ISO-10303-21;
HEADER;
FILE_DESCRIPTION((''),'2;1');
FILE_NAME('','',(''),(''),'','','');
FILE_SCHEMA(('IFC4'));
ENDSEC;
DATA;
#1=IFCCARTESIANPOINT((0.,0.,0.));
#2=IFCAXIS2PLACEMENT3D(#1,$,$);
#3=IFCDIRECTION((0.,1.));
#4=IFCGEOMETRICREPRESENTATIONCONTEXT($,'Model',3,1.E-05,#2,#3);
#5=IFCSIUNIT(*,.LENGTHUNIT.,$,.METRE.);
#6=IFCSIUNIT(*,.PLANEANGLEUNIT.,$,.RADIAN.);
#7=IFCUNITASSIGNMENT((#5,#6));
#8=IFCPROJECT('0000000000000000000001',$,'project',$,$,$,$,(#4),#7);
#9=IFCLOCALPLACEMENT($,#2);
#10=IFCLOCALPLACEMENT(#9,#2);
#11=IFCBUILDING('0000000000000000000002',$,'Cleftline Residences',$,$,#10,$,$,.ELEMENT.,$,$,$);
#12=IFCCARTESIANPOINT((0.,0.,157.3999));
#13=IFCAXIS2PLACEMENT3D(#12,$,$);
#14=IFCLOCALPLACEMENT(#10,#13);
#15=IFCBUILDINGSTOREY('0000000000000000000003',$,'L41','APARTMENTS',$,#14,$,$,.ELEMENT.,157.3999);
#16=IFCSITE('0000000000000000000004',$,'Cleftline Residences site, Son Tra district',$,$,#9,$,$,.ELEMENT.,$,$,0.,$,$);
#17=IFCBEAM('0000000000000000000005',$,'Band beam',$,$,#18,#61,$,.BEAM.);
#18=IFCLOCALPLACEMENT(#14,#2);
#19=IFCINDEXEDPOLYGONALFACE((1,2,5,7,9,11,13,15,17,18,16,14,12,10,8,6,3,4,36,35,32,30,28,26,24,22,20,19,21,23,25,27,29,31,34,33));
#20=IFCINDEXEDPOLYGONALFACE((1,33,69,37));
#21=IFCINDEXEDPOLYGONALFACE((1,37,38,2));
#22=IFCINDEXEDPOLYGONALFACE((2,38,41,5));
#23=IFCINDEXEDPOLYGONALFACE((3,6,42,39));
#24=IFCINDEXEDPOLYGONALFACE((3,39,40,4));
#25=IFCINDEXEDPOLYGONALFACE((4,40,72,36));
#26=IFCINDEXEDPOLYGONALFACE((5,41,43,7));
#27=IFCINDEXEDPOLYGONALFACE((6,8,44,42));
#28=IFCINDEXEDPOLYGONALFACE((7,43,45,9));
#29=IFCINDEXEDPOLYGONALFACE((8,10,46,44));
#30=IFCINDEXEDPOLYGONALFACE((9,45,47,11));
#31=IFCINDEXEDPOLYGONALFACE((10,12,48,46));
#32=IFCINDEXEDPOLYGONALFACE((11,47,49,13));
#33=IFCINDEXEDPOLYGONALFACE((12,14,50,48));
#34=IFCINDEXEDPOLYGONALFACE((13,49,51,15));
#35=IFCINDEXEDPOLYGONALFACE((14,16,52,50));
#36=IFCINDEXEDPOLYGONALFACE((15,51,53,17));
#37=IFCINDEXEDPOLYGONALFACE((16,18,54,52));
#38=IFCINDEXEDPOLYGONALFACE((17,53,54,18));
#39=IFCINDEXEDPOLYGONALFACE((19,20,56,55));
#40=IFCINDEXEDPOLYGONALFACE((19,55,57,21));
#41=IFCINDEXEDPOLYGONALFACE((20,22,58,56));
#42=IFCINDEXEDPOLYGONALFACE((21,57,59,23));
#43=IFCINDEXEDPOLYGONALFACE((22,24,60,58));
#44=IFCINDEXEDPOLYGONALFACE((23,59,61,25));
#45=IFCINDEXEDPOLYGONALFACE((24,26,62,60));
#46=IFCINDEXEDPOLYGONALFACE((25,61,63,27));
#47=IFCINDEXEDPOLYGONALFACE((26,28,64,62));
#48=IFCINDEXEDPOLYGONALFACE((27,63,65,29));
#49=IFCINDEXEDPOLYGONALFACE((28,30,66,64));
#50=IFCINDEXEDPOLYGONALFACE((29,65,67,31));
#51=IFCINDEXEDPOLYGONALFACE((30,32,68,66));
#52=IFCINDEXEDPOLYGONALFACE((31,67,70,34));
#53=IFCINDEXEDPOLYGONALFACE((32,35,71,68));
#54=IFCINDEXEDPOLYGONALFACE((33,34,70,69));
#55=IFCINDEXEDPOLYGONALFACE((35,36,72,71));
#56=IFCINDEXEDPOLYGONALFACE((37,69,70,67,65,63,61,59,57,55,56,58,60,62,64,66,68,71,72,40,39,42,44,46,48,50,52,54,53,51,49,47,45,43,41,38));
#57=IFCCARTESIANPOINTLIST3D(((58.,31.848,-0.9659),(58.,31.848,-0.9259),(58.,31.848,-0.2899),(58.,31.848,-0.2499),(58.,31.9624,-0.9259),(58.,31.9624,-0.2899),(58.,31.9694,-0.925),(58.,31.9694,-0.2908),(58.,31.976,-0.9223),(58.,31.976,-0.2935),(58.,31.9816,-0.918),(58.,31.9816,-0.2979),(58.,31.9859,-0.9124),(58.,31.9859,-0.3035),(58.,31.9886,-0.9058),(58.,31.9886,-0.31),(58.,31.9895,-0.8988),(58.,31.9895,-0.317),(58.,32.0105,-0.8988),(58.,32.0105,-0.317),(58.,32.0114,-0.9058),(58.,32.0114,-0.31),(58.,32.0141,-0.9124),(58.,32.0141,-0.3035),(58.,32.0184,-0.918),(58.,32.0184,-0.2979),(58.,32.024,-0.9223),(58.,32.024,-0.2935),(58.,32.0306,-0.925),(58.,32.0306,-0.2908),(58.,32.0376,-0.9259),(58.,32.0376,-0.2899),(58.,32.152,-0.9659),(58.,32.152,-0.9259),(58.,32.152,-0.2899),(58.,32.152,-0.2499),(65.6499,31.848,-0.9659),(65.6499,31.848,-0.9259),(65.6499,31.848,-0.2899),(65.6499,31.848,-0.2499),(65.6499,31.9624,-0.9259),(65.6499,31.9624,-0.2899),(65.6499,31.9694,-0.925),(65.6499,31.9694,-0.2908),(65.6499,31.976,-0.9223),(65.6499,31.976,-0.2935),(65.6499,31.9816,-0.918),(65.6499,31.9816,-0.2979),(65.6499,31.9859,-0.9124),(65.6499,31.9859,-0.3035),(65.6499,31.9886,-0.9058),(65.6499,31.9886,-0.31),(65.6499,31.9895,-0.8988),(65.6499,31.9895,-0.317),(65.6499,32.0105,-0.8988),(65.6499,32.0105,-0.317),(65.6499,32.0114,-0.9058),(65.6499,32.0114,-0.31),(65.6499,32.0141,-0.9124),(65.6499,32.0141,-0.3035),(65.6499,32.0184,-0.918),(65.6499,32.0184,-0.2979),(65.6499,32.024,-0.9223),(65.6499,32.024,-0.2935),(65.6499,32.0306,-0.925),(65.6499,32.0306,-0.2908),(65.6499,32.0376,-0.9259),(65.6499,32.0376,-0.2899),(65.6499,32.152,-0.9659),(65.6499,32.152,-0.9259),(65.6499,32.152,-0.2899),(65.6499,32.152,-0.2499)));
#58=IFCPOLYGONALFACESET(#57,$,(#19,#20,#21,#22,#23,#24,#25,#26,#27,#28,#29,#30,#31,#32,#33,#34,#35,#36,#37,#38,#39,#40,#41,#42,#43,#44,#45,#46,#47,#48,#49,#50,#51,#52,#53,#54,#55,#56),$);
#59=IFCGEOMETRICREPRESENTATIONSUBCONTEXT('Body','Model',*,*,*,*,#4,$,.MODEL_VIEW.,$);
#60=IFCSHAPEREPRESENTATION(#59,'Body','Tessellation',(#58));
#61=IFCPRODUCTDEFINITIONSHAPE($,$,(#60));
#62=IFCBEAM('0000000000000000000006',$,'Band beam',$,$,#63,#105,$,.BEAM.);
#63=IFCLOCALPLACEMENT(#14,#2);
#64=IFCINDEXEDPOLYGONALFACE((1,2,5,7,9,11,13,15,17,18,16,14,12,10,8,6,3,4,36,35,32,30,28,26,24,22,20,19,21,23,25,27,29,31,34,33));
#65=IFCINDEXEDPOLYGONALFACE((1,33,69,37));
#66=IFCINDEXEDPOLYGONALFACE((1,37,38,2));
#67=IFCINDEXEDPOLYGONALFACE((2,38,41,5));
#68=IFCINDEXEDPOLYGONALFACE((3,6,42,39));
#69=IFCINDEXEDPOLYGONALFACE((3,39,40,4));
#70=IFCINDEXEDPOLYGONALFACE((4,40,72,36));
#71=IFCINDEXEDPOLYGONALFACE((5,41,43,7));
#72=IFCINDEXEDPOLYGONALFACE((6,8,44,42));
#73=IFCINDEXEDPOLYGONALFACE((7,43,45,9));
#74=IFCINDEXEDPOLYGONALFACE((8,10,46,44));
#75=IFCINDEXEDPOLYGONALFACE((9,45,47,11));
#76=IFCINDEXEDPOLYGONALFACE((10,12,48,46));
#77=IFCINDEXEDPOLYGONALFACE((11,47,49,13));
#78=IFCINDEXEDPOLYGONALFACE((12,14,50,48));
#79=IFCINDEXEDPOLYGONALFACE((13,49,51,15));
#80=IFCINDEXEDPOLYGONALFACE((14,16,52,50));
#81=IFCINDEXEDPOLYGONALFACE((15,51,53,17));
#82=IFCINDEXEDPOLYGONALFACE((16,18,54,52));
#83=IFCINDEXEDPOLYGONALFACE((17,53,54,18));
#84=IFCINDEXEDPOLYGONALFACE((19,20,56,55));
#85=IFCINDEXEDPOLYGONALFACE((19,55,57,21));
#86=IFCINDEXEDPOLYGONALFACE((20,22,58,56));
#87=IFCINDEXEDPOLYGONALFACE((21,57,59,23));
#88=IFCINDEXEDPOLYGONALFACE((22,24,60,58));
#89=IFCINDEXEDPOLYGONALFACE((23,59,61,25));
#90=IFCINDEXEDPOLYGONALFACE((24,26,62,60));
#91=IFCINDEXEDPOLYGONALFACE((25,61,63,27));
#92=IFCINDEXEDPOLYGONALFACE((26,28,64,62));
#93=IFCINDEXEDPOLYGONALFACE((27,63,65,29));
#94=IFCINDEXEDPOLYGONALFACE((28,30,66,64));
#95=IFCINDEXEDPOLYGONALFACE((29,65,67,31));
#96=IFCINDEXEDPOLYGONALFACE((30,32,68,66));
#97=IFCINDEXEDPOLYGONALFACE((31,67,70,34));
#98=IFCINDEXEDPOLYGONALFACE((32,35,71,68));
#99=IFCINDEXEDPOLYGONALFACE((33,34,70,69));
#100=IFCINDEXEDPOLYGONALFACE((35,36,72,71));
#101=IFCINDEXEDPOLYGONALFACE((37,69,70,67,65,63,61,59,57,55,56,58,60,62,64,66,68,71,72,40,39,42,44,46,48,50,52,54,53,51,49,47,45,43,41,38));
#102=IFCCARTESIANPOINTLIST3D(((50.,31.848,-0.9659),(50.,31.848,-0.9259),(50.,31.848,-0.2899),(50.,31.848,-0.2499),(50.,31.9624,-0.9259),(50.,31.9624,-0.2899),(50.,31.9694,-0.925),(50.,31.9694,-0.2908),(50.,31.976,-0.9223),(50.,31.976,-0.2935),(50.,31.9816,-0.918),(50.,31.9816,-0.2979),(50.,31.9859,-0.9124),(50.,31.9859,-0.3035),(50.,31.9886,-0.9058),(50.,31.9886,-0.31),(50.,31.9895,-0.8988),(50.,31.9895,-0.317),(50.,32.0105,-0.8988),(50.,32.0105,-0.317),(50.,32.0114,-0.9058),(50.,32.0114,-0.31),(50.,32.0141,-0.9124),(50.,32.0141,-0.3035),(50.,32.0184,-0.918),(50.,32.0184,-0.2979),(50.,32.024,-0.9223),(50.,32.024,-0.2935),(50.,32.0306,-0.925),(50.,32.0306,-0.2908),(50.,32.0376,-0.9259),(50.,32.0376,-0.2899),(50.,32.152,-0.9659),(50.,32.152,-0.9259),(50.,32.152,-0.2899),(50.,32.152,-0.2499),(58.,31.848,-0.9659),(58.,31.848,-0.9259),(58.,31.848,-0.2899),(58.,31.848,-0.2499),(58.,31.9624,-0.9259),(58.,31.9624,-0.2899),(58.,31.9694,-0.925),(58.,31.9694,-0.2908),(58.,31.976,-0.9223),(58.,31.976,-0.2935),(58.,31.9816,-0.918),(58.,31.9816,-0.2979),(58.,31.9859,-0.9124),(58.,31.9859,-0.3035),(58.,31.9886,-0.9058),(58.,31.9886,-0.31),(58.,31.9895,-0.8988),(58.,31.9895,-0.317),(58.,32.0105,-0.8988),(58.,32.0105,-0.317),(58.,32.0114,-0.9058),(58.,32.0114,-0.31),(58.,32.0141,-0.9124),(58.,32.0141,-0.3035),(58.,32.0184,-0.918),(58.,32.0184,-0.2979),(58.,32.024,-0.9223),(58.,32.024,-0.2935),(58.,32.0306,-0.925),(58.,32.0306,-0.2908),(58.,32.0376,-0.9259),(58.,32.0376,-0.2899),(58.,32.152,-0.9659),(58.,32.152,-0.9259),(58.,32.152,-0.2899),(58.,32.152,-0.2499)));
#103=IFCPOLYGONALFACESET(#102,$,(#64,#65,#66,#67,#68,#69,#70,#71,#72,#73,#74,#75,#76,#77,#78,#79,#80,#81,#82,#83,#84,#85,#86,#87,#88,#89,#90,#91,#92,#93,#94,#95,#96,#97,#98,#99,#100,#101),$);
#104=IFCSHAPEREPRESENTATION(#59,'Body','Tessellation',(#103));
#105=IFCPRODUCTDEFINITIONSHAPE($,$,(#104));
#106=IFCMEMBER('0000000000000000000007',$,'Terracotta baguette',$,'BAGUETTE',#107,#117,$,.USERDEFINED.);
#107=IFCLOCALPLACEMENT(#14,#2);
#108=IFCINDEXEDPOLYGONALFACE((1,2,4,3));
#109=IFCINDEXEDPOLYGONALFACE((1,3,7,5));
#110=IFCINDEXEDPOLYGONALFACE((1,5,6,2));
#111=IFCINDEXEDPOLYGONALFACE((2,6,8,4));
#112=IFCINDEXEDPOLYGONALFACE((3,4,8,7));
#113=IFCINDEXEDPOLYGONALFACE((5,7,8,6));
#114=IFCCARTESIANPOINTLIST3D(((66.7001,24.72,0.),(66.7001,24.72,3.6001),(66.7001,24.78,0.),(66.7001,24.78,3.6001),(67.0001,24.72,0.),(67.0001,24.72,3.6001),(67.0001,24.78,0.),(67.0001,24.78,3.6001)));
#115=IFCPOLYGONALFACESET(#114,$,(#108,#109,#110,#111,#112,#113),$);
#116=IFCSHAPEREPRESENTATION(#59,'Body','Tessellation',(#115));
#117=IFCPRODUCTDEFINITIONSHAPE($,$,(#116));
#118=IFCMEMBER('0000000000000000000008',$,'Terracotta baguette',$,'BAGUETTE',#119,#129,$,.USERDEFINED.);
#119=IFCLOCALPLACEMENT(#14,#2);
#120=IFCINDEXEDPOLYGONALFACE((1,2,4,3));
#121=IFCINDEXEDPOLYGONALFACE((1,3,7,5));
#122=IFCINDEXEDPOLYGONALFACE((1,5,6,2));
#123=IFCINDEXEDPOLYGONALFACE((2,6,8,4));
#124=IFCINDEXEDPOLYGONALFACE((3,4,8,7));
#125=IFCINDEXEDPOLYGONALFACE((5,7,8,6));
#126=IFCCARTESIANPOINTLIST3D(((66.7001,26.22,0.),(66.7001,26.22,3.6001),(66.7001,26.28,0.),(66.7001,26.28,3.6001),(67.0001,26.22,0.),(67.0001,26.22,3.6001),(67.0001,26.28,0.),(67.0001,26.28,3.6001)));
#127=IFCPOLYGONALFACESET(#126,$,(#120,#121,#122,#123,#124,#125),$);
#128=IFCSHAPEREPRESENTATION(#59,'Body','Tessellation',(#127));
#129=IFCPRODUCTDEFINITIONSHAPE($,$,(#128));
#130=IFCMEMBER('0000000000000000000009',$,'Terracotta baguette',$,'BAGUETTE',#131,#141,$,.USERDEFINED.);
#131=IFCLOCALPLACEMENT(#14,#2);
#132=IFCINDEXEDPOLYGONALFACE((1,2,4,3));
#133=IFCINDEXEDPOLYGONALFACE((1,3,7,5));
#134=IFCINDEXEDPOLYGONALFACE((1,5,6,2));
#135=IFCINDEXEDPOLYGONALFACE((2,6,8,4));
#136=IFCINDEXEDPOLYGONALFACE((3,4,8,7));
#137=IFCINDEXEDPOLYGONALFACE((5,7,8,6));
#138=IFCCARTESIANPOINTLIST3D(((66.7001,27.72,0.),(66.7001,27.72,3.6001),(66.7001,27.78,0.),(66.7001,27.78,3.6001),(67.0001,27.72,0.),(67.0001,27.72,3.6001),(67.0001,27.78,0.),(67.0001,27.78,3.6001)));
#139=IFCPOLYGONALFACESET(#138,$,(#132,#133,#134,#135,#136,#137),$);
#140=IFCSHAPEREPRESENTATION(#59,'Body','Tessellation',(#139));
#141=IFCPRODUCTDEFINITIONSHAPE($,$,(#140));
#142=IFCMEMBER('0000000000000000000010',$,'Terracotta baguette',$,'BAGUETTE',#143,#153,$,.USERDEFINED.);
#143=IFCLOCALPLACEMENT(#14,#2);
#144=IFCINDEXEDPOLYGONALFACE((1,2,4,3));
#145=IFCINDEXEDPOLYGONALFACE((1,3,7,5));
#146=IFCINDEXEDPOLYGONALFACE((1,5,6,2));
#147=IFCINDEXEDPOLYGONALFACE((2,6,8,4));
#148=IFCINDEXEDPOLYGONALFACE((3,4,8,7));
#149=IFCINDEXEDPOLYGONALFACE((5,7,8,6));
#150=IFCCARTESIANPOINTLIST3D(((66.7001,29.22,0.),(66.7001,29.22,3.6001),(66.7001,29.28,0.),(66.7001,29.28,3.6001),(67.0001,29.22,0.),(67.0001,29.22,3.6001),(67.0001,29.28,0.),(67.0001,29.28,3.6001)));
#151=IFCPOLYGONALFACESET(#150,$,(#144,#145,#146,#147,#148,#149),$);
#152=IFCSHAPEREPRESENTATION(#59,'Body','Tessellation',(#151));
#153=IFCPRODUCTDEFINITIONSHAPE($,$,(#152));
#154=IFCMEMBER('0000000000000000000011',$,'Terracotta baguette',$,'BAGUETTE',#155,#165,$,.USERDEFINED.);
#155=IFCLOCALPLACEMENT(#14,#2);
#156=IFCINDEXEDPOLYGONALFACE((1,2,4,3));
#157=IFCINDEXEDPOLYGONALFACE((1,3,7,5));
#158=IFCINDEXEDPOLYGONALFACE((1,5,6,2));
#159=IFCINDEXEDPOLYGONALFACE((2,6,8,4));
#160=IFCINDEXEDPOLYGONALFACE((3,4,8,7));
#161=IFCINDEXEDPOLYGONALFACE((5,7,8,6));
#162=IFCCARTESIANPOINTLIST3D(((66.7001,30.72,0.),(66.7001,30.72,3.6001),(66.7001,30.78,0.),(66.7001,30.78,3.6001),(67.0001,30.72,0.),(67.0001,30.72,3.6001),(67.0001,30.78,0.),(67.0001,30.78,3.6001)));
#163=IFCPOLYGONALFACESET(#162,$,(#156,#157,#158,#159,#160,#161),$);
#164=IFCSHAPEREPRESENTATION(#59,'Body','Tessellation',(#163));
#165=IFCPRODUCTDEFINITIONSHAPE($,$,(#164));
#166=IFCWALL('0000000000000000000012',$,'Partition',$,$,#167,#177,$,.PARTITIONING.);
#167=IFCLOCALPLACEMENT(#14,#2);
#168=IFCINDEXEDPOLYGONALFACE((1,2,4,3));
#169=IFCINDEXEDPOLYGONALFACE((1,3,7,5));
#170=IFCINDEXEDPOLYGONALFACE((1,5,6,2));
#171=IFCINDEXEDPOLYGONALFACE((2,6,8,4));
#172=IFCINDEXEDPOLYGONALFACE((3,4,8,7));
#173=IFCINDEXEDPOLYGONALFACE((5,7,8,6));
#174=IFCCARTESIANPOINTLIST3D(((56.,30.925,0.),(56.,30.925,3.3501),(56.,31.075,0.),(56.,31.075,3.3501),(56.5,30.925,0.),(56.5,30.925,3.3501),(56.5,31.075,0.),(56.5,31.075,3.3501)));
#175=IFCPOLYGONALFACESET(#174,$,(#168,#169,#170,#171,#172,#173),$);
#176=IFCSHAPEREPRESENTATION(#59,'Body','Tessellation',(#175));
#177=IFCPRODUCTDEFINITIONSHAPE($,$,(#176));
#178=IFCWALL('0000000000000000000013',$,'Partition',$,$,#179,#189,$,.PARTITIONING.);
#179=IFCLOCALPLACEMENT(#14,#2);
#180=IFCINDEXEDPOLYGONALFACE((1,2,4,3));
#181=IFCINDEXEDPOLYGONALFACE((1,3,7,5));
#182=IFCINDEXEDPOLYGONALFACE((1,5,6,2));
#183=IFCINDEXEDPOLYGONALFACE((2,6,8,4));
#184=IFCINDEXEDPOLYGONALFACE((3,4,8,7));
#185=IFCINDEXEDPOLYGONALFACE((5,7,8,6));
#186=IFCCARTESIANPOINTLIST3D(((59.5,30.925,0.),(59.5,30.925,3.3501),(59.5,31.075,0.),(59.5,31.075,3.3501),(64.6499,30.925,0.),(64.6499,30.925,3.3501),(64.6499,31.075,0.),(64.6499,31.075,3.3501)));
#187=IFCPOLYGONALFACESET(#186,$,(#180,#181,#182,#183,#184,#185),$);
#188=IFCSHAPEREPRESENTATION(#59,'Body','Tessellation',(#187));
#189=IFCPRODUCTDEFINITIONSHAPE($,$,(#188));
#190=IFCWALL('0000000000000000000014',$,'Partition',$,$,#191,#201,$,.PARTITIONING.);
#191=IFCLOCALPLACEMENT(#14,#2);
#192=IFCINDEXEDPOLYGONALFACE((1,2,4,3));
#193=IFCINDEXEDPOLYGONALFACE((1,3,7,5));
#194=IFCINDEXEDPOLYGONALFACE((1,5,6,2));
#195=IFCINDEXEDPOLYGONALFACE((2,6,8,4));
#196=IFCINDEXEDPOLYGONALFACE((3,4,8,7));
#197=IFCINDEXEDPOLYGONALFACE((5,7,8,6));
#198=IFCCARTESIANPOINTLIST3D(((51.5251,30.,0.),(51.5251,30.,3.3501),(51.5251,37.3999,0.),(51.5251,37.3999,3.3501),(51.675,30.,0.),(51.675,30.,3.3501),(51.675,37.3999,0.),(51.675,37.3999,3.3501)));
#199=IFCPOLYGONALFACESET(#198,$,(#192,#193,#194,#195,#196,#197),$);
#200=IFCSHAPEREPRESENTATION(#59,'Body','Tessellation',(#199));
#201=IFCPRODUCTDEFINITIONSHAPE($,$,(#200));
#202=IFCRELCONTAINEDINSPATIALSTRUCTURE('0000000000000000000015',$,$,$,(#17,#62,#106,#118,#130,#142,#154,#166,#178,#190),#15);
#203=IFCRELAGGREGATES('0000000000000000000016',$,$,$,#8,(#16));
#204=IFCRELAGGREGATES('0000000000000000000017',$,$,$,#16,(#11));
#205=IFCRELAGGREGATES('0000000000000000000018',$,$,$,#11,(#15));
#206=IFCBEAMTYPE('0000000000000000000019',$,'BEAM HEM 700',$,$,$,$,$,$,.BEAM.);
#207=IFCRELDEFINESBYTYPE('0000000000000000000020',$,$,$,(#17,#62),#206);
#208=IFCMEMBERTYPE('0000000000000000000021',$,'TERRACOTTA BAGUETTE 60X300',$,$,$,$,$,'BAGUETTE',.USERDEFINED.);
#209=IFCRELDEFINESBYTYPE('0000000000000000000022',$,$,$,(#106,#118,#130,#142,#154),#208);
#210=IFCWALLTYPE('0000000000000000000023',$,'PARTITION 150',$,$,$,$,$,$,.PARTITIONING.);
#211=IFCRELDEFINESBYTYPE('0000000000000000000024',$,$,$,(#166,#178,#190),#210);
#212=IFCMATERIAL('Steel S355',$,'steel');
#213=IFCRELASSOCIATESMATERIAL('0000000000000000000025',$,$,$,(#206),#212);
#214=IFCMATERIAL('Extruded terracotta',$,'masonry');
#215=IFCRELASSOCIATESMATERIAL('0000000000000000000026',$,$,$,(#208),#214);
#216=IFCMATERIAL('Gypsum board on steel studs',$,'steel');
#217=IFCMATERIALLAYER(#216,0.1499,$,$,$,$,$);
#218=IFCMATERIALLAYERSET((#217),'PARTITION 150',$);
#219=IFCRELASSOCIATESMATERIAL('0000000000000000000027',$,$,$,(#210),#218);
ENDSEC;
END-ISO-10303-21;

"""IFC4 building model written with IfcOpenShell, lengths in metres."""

from ifc_helpers import new_model, si_unit, direction, frame, frame_2d, origin, origin_2d, place, context, subcontext, project, spatial, rectangle, i_section, extrude, material, layer, layer_set, material_profile, profile_set, type_object, element, save


model = new_model("IFC4")

# Units and contexts
model_context = context("Model", 3, precision=1e-05, world=origin(), true_north=direction((0.0, 1.0)))
body_context = subcontext(model_context, "Body", "Model", "MODEL_VIEW")
ifc_project = project(units=[si_unit("LENGTHUNIT", "METRE"), si_unit("PLANEANGLEUNIT", "RADIAN")], contexts=[model_context])

# Site, building, storey
site_placement = place(None, origin())
site = spatial("IfcSite", under=ifc_project, at=site_placement, Name="Cleftline Residences site, Son Tra district", CompositionType="ELEMENT", RefElevation=0.0)
building_placement = place(site_placement, origin())
building = spatial("IfcBuilding", under=site, at=building_placement, Name="Cleftline Residences", CompositionType="ELEMENT")
storey_placement = place(building_placement, frame((0.0, 0.0, 157.3999)))
storey = spatial("IfcBuildingStorey", under=building, at=storey_placement, Name="L41", Description="APARTMENTS", CompositionType="ELEMENT", Elevation=157.3999)

# Beams
ifc_material_1 = material(Name="Steel S355", Category="steel")
ifc_material_profile_1 = material_profile(ifc_material_1, i_section(OverallWidth=0.304, OverallDepth=0.7161, WebThickness=0.021, FlangeThickness=0.04, FilletRadius=0.0271, at=origin_2d()))
ifc_profile_set_1 = profile_set([ifc_material_profile_1], Name="Steel S355")
beam_type_1 = type_object("IfcBeamType", Name="BEAM HEM 700", PredefinedType="BEAM", material=ifc_profile_set_1)
beam_1_placement = place(storey_placement, frame((65.6499, 32.0, -0.6079), z_axis=(-1.0, 0.0, 0.0), x_axis=(0.0, -1.0, 0.0)))
element("IfcBeam", 1, at=beam_1_placement, inside=storey, type_object=beam_type_1, Name="Band beam", PredefinedType="BEAM", context=body_context, shape_type="SweptSolid", body=[
    extrude(i_section(OverallWidth=0.304, OverallDepth=0.7161, WebThickness=0.021, FlangeThickness=0.04, FilletRadius=0.0271, at=origin_2d()), origin(), (0.0, 0.0, 1.0), 7.6499),
])
beam_2_placement = place(storey_placement, frame((58.0, 32.0, -0.6079), z_axis=(-1.0, 0.0, 0.0), x_axis=(0.0, -1.0, 0.0)))
element("IfcBeam", 2, at=beam_2_placement, inside=storey, type_object=beam_type_1, Name="Band beam", PredefinedType="BEAM", context=body_context, shape_type="SweptSolid", body=[
    extrude(i_section(OverallWidth=0.304, OverallDepth=0.7161, WebThickness=0.021, FlangeThickness=0.04, FilletRadius=0.0271, at=origin_2d()), origin(), (0.0, 0.0, 1.0), 8.0),
])

# Members
ifc_material_2 = material(Name="Extruded terracotta", Category="masonry")
ifc_material_profile_2 = material_profile(ifc_material_2, rectangle(XDim=0.0601, YDim=0.3, at=origin_2d()))
ifc_profile_set_2 = profile_set([ifc_material_profile_2], Name="Extruded terracotta")
member_type_1 = type_object("IfcMemberType", Name="TERRACOTTA BAGUETTE 60X300", ElementType="BAGUETTE", PredefinedType="USERDEFINED", material=ifc_profile_set_2)
for number, where, z_axis, x_axis, name in (
    (3, (66.8501, 24.75, 0.0), (0.0, 0.0, 1.0), (0.0, 1.0, 0.0), "Terracotta baguette"),
    (4, (66.8501, 26.25, 0.0), (0.0, 0.0, 1.0), (0.0, 1.0, 0.0), "Terracotta baguette"),
    (5, (66.8501, 27.75, 0.0), (0.0, 0.0, 1.0), (0.0, 1.0, 0.0), "Terracotta baguette"),
    (6, (66.8501, 29.25, 0.0), (0.0, 0.0, 1.0), (0.0, 1.0, 0.0), "Terracotta baguette"),
    (7, (66.8501, 30.75, 0.0), (0.0, 0.0, 1.0), (0.0, 1.0, 0.0), "Terracotta baguette"),
):
    element("IfcMember", number, at=place(storey_placement, frame(where, z_axis=z_axis, x_axis=x_axis)), inside=storey, type_object=member_type_1, Name=name, ObjectType="BAGUETTE", PredefinedType="USERDEFINED", context=body_context, shape_type="SweptSolid", body=[
        extrude(rectangle(XDim=0.0601, YDim=0.3, at=origin_2d()), origin(), (0.0, 0.0, 1.0), 3.6001),
    ])

# Walls
ifc_material_3 = material(Name="Gypsum board on steel studs", Category="steel")
ifc_layer_1 = layer(ifc_material_3, 0.1499)
ifc_layer_set_1 = layer_set([ifc_layer_1], Name="PARTITION 150")
wall_type_1 = type_object("IfcWallType", Name="PARTITION 150", PredefinedType="PARTITIONING", material=ifc_layer_set_1)
wall_1_placement = place(storey_placement, frame((56.0, 31.0, 0.0), z_axis=(0.0, 0.0, 1.0), x_axis=(1.0, 0.0, 0.0)))
element("IfcWall", 8, at=wall_1_placement, inside=storey, type_object=wall_type_1, Name="Partition", PredefinedType="PARTITIONING", context=body_context, shape_type="SweptSolid", body=[
    extrude(rectangle(XDim=0.5, YDim=0.1499, at=frame_2d((0.25, 0.0))), origin(), (0.0, 0.0, 1.0), 3.3501),
])
wall_2_placement = place(storey_placement, frame((59.5, 31.0, 0.0), z_axis=(0.0, 0.0, 1.0), x_axis=(1.0, 0.0, 0.0)))
element("IfcWall", 9, at=wall_2_placement, inside=storey, type_object=wall_type_1, Name="Partition", PredefinedType="PARTITIONING", context=body_context, shape_type="SweptSolid", body=[
    extrude(rectangle(XDim=5.1499, YDim=0.1499, at=frame_2d((2.575, 0.0))), origin(), (0.0, 0.0, 1.0), 3.3501),
])
for number, where, z_axis, x_axis, name in (
    (10, (51.6001, 30.0, 0.0), (0.0, 0.0, 1.0), (0.0, 1.0, 0.0), "Partition"),
):
    element("IfcWall", number, at=place(storey_placement, frame(where, z_axis=z_axis, x_axis=x_axis)), inside=storey, type_object=wall_type_1, Name=name, PredefinedType="PARTITIONING", context=body_context, shape_type="SweptSolid", body=[
        extrude(rectangle(XDim=7.3999, YDim=0.1499, at=frame_2d((3.7, 0.0))), origin(), (0.0, 0.0, 1.0), 3.3501),
    ])

save(model, "model.ifc")
